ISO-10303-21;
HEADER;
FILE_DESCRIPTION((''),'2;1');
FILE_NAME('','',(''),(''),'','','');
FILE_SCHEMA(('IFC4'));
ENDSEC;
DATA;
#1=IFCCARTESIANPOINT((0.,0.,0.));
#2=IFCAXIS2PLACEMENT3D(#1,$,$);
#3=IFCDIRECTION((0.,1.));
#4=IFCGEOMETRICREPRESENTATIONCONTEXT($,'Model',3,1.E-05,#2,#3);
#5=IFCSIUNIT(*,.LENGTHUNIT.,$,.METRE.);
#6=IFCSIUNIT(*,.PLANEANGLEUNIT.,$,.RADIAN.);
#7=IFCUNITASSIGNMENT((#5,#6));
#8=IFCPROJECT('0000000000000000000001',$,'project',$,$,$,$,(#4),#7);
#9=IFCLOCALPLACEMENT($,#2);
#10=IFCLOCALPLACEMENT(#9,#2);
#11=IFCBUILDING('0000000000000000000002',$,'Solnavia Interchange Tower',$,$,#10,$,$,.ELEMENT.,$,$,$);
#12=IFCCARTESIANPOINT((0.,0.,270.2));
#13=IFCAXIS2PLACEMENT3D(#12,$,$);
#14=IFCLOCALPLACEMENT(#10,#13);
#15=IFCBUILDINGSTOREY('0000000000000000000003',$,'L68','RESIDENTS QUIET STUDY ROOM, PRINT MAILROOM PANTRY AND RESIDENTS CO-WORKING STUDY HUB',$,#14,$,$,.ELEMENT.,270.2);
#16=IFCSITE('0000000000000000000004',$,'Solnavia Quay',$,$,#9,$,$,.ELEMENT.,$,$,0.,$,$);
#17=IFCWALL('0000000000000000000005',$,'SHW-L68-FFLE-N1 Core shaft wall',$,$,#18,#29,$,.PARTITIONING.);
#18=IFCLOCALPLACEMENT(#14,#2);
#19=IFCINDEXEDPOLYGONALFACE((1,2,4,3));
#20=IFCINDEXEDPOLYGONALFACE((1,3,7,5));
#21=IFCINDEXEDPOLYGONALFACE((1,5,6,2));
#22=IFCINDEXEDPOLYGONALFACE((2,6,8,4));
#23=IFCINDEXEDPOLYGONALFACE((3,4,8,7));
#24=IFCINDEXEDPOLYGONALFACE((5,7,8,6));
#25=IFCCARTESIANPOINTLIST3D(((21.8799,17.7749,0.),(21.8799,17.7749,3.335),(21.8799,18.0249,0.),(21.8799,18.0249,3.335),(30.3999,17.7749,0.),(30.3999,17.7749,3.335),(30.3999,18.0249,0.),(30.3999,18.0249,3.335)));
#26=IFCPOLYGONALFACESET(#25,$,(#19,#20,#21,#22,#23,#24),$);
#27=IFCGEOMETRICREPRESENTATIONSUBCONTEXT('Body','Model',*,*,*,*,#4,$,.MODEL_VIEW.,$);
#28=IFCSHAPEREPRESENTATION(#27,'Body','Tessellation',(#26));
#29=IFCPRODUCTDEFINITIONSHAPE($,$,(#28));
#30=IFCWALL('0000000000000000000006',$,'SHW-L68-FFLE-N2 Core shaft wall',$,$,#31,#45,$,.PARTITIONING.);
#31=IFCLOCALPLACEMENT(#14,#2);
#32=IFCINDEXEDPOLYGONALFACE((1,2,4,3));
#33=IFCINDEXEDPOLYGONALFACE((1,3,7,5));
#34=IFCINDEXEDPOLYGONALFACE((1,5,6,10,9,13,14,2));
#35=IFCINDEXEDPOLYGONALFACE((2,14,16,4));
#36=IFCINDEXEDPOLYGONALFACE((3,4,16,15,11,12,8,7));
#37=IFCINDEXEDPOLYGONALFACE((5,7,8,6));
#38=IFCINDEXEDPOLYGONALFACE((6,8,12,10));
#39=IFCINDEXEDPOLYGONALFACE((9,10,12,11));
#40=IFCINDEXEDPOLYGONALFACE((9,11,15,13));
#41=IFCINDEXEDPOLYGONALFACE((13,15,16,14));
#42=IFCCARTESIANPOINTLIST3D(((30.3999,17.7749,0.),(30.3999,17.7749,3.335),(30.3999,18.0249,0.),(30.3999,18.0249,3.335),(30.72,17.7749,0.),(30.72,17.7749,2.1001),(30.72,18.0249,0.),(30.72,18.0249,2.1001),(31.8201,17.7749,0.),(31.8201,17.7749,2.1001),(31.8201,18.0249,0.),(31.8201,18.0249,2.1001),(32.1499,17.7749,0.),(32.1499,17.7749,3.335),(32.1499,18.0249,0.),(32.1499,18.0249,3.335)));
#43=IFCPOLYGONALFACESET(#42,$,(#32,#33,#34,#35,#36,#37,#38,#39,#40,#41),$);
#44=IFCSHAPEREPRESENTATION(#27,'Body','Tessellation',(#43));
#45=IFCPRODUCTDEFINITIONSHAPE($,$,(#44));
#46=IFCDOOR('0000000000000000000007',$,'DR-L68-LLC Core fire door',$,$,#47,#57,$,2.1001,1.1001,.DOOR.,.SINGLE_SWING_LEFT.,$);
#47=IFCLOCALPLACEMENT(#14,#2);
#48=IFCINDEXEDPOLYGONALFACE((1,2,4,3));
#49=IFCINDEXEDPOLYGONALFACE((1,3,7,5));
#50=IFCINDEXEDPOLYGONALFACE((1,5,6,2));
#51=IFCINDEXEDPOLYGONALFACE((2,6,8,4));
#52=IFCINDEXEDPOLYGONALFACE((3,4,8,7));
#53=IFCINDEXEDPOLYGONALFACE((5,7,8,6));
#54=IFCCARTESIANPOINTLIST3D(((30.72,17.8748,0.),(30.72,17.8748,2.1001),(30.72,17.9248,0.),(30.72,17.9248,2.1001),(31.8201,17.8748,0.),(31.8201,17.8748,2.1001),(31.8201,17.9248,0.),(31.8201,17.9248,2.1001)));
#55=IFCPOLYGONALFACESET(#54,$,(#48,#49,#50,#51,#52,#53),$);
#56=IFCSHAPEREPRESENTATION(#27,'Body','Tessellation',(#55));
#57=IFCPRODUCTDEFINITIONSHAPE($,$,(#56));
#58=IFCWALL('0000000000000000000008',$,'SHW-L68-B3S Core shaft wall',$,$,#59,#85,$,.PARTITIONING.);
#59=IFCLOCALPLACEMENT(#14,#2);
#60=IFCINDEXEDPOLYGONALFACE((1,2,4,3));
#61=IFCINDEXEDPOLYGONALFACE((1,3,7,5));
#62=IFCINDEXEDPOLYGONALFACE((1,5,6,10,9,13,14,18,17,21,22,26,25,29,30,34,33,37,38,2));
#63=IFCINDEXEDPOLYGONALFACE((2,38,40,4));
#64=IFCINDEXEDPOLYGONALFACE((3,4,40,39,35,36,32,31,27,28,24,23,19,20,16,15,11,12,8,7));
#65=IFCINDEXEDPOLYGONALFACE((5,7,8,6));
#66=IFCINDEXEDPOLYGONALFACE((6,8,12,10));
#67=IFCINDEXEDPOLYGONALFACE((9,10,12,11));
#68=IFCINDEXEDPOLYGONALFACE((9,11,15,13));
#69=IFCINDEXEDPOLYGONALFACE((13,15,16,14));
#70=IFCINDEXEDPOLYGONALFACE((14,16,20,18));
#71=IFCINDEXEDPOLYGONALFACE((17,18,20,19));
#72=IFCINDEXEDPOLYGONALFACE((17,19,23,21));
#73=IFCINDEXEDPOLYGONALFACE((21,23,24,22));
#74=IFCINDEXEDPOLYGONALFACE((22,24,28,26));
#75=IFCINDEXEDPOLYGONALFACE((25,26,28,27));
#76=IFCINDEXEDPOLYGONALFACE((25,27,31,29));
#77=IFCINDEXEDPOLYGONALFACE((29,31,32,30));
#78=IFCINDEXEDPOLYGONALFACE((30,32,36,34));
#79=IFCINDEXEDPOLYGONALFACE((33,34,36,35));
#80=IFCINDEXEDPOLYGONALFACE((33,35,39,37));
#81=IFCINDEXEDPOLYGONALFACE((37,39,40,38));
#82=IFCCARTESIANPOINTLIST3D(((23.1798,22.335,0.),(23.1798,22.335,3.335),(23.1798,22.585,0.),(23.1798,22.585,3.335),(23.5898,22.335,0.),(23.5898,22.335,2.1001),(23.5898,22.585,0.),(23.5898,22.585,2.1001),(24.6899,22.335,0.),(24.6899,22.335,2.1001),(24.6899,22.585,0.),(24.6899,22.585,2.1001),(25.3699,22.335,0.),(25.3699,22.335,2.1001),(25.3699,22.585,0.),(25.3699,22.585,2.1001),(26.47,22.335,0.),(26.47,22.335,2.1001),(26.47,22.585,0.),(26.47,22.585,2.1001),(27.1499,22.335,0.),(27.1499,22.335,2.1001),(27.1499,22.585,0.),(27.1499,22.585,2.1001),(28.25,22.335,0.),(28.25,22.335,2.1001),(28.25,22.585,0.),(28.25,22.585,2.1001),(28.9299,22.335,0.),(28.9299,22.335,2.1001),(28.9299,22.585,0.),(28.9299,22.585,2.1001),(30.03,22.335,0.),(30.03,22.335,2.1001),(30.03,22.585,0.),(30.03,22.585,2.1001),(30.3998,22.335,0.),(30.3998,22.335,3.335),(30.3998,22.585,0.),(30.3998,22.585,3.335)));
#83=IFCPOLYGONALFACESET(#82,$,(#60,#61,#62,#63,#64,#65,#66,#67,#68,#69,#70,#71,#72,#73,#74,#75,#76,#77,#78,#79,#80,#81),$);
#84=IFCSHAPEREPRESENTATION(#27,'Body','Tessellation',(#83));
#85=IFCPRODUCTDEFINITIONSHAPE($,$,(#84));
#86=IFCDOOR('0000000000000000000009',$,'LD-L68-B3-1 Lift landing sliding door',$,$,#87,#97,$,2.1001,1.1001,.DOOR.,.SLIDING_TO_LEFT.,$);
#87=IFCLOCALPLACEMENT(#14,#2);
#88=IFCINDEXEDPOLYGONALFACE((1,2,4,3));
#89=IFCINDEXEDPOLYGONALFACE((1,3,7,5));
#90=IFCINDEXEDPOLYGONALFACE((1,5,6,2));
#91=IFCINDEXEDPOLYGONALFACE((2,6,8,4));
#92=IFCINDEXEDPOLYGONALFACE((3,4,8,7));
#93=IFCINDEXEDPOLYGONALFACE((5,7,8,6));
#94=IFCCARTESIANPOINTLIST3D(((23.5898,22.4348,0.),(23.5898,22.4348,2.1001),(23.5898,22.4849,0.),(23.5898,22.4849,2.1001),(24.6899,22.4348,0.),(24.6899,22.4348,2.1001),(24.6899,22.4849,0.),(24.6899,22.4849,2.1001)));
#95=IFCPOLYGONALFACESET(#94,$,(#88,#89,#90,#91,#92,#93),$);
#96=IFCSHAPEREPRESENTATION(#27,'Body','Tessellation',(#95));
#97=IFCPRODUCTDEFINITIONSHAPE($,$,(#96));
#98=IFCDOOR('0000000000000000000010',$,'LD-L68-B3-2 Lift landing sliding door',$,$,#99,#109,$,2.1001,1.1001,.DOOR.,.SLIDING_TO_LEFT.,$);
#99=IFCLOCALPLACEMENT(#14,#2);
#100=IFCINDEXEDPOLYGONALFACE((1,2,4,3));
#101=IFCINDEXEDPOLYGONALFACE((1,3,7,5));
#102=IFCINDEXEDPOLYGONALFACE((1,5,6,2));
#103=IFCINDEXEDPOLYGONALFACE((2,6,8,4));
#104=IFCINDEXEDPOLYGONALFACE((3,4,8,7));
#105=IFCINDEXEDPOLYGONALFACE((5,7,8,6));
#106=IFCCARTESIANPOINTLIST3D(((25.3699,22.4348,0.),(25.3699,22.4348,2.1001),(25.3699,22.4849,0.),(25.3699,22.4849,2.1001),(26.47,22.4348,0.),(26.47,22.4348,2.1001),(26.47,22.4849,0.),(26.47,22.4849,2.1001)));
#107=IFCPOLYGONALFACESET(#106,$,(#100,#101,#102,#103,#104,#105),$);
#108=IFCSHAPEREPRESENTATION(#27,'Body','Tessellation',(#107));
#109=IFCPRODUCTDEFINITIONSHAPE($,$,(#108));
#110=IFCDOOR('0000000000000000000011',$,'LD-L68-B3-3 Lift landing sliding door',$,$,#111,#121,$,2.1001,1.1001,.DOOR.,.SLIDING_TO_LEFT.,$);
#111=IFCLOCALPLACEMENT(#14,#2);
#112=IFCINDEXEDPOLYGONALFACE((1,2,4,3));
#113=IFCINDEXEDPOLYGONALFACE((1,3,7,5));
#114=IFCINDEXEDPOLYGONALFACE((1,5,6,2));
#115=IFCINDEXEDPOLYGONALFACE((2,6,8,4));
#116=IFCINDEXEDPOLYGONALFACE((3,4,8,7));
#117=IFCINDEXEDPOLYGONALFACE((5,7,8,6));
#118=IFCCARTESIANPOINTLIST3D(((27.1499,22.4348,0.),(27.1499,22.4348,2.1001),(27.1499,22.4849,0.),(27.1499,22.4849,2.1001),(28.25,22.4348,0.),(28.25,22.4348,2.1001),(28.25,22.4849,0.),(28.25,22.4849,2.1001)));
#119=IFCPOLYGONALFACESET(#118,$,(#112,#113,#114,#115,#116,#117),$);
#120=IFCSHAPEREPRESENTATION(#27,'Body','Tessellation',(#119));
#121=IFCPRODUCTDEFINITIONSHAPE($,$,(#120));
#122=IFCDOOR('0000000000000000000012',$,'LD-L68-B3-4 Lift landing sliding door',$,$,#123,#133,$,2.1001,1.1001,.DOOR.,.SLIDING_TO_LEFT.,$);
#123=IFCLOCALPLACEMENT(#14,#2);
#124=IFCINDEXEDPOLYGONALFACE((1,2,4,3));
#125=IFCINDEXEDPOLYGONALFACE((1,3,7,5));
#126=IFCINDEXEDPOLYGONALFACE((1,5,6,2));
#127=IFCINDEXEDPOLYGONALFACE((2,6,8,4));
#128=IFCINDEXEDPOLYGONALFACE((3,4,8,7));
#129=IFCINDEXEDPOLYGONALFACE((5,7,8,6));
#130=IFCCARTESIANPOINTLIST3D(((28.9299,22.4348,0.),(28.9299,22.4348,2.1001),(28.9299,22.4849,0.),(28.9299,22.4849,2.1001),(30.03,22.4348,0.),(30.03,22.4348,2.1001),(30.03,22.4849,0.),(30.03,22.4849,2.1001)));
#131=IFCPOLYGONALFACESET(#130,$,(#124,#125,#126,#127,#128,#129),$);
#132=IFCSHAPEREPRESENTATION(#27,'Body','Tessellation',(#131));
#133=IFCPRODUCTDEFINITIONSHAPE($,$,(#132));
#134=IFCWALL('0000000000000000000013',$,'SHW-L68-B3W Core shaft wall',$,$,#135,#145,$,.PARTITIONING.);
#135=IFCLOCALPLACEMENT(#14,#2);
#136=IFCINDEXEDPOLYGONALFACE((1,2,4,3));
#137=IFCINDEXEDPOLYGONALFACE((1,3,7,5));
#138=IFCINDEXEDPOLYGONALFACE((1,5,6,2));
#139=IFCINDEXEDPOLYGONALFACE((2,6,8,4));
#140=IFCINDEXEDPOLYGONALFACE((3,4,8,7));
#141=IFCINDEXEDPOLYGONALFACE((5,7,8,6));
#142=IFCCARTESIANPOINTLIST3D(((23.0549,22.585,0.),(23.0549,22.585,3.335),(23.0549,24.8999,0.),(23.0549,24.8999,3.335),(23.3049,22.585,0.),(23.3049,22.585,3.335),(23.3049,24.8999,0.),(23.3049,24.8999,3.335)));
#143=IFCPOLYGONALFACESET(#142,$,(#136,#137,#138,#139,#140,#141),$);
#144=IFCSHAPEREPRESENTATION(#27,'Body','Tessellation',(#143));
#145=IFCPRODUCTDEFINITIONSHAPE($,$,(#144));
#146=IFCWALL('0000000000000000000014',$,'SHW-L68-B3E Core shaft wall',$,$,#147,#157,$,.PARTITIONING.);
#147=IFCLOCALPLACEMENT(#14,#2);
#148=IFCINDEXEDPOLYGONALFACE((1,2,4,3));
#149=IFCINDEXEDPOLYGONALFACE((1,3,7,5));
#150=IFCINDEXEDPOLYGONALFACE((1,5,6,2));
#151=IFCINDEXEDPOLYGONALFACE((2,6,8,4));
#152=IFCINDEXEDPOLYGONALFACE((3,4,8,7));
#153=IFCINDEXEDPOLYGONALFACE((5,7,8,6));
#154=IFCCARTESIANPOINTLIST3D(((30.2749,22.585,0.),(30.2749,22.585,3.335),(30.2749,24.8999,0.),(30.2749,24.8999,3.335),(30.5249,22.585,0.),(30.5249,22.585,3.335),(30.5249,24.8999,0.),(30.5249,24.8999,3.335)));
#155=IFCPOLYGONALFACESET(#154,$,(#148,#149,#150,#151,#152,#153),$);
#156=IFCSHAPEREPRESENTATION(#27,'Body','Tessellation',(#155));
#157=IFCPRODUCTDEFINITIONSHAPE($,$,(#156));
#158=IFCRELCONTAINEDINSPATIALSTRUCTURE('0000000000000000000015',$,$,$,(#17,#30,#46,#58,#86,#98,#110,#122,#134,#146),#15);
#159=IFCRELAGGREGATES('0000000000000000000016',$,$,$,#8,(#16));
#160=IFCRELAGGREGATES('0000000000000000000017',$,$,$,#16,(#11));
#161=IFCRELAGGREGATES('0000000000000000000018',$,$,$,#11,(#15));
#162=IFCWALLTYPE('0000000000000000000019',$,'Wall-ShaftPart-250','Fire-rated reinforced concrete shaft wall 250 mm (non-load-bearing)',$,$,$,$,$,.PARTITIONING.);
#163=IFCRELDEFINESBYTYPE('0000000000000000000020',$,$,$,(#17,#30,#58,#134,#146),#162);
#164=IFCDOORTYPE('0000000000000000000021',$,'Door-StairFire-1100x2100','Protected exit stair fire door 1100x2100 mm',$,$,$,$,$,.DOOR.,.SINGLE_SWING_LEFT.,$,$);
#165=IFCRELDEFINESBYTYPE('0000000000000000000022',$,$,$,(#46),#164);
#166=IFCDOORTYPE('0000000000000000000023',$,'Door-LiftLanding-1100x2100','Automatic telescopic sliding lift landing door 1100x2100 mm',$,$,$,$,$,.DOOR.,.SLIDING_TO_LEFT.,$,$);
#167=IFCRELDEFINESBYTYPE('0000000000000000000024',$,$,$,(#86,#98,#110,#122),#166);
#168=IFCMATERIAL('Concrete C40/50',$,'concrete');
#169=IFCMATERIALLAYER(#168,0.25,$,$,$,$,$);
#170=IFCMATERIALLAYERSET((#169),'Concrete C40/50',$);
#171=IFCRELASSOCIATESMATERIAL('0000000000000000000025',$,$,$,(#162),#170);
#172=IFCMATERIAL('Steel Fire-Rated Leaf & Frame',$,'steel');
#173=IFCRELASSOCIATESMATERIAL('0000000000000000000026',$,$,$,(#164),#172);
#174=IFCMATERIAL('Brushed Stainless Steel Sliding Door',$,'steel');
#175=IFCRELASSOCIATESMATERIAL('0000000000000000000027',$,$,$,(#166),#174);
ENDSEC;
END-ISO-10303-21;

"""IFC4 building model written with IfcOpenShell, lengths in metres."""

from ifc_helpers import new_model, si_unit, direction, frame, frame_2d, origin, place, context, subcontext, project, spatial, rectangle, extrude, material, layer, layer_set, type_object, element, fill, save


model = new_model("IFC4")

# Units and contexts
model_context = context("Model", 3, precision=1e-05, world=origin(), true_north=direction((0.0, 1.0)))
body_context = subcontext(model_context, "Body", "Model", "MODEL_VIEW")
ifc_project = project(units=[si_unit("LENGTHUNIT", "METRE"), si_unit("PLANEANGLEUNIT", "RADIAN")], contexts=[model_context])

# Site, building, storey
site_placement = place(None, origin())
site = spatial("IfcSite", under=ifc_project, at=site_placement, Name="Solnavia Quay", CompositionType="ELEMENT", RefElevation=0.0)
building_placement = place(site_placement, origin())
building = spatial("IfcBuilding", under=site, at=building_placement, Name="Solnavia Interchange Tower", CompositionType="ELEMENT")
storey_placement = place(building_placement, frame((0.0, 0.0, 270.2)))
storey = spatial("IfcBuildingStorey", under=building, at=storey_placement, Name="L68", Description="RESIDENTS QUIET STUDY ROOM, PRINT MAILROOM PANTRY AND RESIDENTS CO-WORKING STUDY HUB", CompositionType="ELEMENT", Elevation=270.2)

# Shared definitions
ifc_material_1 = material(Name="Concrete C40/50", Category="concrete")

# Wall
ifc_layer_1 = layer(ifc_material_1, 0.25)
ifc_layer_set_1 = layer_set([ifc_layer_1], Name="Concrete C40/50")
wall_type_1 = type_object("IfcWallType", Name="Wall-ShaftPart-250", Description="Fire-rated reinforced concrete shaft wall 250 mm (non-load-bearing)", PredefinedType="PARTITIONING", material=ifc_layer_set_1)
wall_1_placement = place(storey_placement, frame((21.8799, 17.8999, 0.0), z_axis=(0.0, 0.0, 1.0), x_axis=(1.0, 0.0, 0.0)))
element("IfcWall", 1, at=wall_1_placement, inside=storey, type_object=wall_type_1, Name="SHW-L68-FFLE-N1 Core shaft wall", PredefinedType="PARTITIONING", context=body_context, shape_type="SweptSolid", body=[
    extrude(rectangle(XDim=8.52, YDim=0.25, at=frame_2d((4.26, 0.0))), origin(), (0.0, 0.0, 1.0), 3.335),
])

# Wall, opening, door
wall_2_placement = place(storey_placement, frame((30.3999, 17.8999, 0.0), z_axis=(0.0, 0.0, 1.0), x_axis=(1.0, 0.0, 0.0)))
wall_2 = element("IfcWall", 2, at=wall_2_placement, inside=storey, type_object=wall_type_1, Name="SHW-L68-FFLE-N2 Core shaft wall", PredefinedType="PARTITIONING", context=body_context, shape_type="SweptSolid", body=[
    extrude(rectangle(XDim=1.75, YDim=0.25, at=frame_2d((0.875, 0.0))), origin(), (0.0, 0.0, 1.0), 3.335),
])
opening_1_placement = place(wall_2_placement, frame((0.3201, 0.0, 0.0)))
opening_1 = element("IfcOpeningElement", 3, at=opening_1_placement, cuts=wall_2, PredefinedType="OPENING", context=body_context, shape_type="SweptSolid", body=[
    extrude(rectangle(XDim=1.1001, YDim=2.1001, at=frame_2d((0.55, 1.05))), frame((0.0, 0.135, 0.0), z_axis=(0.0, -1.0, 0.0), x_axis=(1.0, 0.0, 0.0)), (0.0, 0.0, 1.0), 0.27),
])
ifc_material_2 = material(Name="Steel Fire-Rated Leaf & Frame", Category="steel")
door_type_1 = type_object("IfcDoorType", Name="Door-StairFire-1100x2100", Description="Protected exit stair fire door 1100x2100 mm", OperationType="SINGLE_SWING_LEFT", PredefinedType="DOOR", material=ifc_material_2)
door_1_placement = place(opening_1_placement, origin())
door_1 = element("IfcDoor", 4, at=door_1_placement, inside=storey, type_object=door_type_1, Name="DR-L68-LLC Core fire door", OperationType="SINGLE_SWING_LEFT", OverallHeight=2.1001, OverallWidth=1.1001, PredefinedType="DOOR", context=body_context, shape_type="SweptSolid", body=[
    extrude(rectangle(XDim=1.1001, YDim=2.1001, at=frame_2d((0.55, 1.05))), frame((0.0, 0.0249, 0.0), z_axis=(0.0, -1.0, 0.0), x_axis=(1.0, 0.0, 0.0)), (0.0, 0.0, 1.0), 0.05),
])
fill(opening_1, door_1)

# Wall, openings, doors
wall_3_placement = place(storey_placement, frame((23.1799, 22.46, 0.0), z_axis=(0.0, 0.0, 1.0), x_axis=(1.0, 0.0, 0.0)))
wall_3 = element("IfcWall", 5, at=wall_3_placement, inside=storey, type_object=wall_type_1, Name="SHW-L68-B3S Core shaft wall", PredefinedType="PARTITIONING", context=body_context, shape_type="SweptSolid", body=[
    extrude(rectangle(XDim=7.22, YDim=0.25, at=frame_2d((3.6099, 0.0))), origin(), (0.0, 0.0, 1.0), 3.335),
])
opening_2_placement = place(wall_3_placement, frame((0.4099, 0.0, 0.0)))
opening_2 = element("IfcOpeningElement", 6, at=opening_2_placement, cuts=wall_3, PredefinedType="OPENING", context=body_context, shape_type="SweptSolid", body=[
    extrude(rectangle(XDim=1.1001, YDim=2.1001, at=frame_2d((0.55, 1.05))), frame((0.0, 0.135, 0.0), z_axis=(0.0, -1.0, 0.0), x_axis=(1.0, 0.0, 0.0)), (0.0, 0.0, 1.0), 0.27),
])
opening_3_placement = place(wall_3_placement, frame((2.1899, 0.0, 0.0)))
opening_3 = element("IfcOpeningElement", 7, at=opening_3_placement, cuts=wall_3, PredefinedType="OPENING", context=body_context, shape_type="SweptSolid", body=[
    extrude(rectangle(XDim=1.1001, YDim=2.1001, at=frame_2d((0.55, 1.05))), frame((0.0, 0.135, 0.0), z_axis=(0.0, -1.0, 0.0), x_axis=(1.0, 0.0, 0.0)), (0.0, 0.0, 1.0), 0.27),
])
opening_4_placement = place(wall_3_placement, frame((3.97, 0.0, 0.0)))
opening_4 = element("IfcOpeningElement", 8, at=opening_4_placement, cuts=wall_3, PredefinedType="OPENING", context=body_context, shape_type="SweptSolid", body=[
    extrude(rectangle(XDim=1.1001, YDim=2.1001, at=frame_2d((0.55, 1.05))), frame((0.0, 0.135, 0.0), z_axis=(0.0, -1.0, 0.0), x_axis=(1.0, 0.0, 0.0)), (0.0, 0.0, 1.0), 0.27),
])
opening_5_placement = place(wall_3_placement, frame((5.75, 0.0, 0.0)))
opening_5 = element("IfcOpeningElement", 9, at=opening_5_placement, cuts=wall_3, PredefinedType="OPENING", context=body_context, shape_type="SweptSolid", body=[
    extrude(rectangle(XDim=1.1001, YDim=2.1001, at=frame_2d((0.55, 1.05))), frame((0.0, 0.135, 0.0), z_axis=(0.0, -1.0, 0.0), x_axis=(1.0, 0.0, 0.0)), (0.0, 0.0, 1.0), 0.27),
])
ifc_material_3 = material(Name="Brushed Stainless Steel Sliding Door", Category="steel")
door_type_2 = type_object("IfcDoorType", Name="Door-LiftLanding-1100x2100", Description="Automatic telescopic sliding lift landing door 1100x2100 mm", OperationType="SLIDING_TO_LEFT", PredefinedType="DOOR", material=ifc_material_3)
door_2_placement = place(opening_2_placement, origin())
door_2 = element("IfcDoor", 10, at=door_2_placement, inside=storey, type_object=door_type_2, Name="LD-L68-B3-1 Lift landing sliding door", OperationType="SLIDING_TO_LEFT", OverallHeight=2.1001, OverallWidth=1.1001, PredefinedType="DOOR", context=body_context, shape_type="SweptSolid", body=[
    extrude(rectangle(XDim=1.1001, YDim=2.1001, at=frame_2d((0.55, 1.05))), frame((0.0, 0.0249, 0.0), z_axis=(0.0, -1.0, 0.0), x_axis=(1.0, 0.0, 0.0)), (0.0, 0.0, 1.0), 0.05),
])
fill(opening_2, door_2)
door_3_placement = place(opening_3_placement, origin())
door_3 = element("IfcDoor", 11, at=door_3_placement, inside=storey, type_object=door_type_2, Name="LD-L68-B3-2 Lift landing sliding door", OperationType="SLIDING_TO_LEFT", OverallHeight=2.1001, OverallWidth=1.1001, PredefinedType="DOOR", context=body_context, shape_type="SweptSolid", body=[
    extrude(rectangle(XDim=1.1001, YDim=2.1001, at=frame_2d((0.55, 1.05))), frame((0.0, 0.0249, 0.0), z_axis=(0.0, -1.0, 0.0), x_axis=(1.0, 0.0, 0.0)), (0.0, 0.0, 1.0), 0.05),
])
fill(opening_3, door_3)
door_4_placement = place(opening_4_placement, origin())
door_4 = element("IfcDoor", 12, at=door_4_placement, inside=storey, type_object=door_type_2, Name="LD-L68-B3-3 Lift landing sliding door", OperationType="SLIDING_TO_LEFT", OverallHeight=2.1001, OverallWidth=1.1001, PredefinedType="DOOR", context=body_context, shape_type="SweptSolid", body=[
    extrude(rectangle(XDim=1.1001, YDim=2.1001, at=frame_2d((0.55, 1.05))), frame((0.0, 0.0249, 0.0), z_axis=(0.0, -1.0, 0.0), x_axis=(1.0, 0.0, 0.0)), (0.0, 0.0, 1.0), 0.05),
])
fill(opening_4, door_4)
door_5_placement = place(opening_5_placement, origin())
door_5 = element("IfcDoor", 13, at=door_5_placement, inside=storey, type_object=door_type_2, Name="LD-L68-B3-4 Lift landing sliding door", OperationType="SLIDING_TO_LEFT", OverallHeight=2.1001, OverallWidth=1.1001, PredefinedType="DOOR", context=body_context, shape_type="SweptSolid", body=[
    extrude(rectangle(XDim=1.1001, YDim=2.1001, at=frame_2d((0.55, 1.05))), frame((0.0, 0.0249, 0.0), z_axis=(0.0, -1.0, 0.0), x_axis=(1.0, 0.0, 0.0)), (0.0, 0.0, 1.0), 0.05),
])
fill(opening_5, door_5)

# Walls
for number, where, z_axis, x_axis, name in (
    (14, (23.1799, 22.585, 0.0), (0.0, 0.0, 1.0), (0.0, 1.0, 0.0), "SHW-L68-B3W Core shaft wall"),
    (15, (30.3999, 22.585, 0.0), (0.0, 0.0, 1.0), (0.0, 1.0, 0.0), "SHW-L68-B3E Core shaft wall"),
):
    element("IfcWall", number, at=place(storey_placement, frame(where, z_axis=z_axis, x_axis=x_axis)), inside=storey, type_object=wall_type_1, Name=name, PredefinedType="PARTITIONING", context=body_context, shape_type="SweptSolid", body=[
        extrude(rectangle(XDim=2.3149, YDim=0.25, at=frame_2d((1.1575, 0.0))), origin(), (0.0, 0.0, 1.0), 3.335),
    ])

save(model, "model.ifc")
